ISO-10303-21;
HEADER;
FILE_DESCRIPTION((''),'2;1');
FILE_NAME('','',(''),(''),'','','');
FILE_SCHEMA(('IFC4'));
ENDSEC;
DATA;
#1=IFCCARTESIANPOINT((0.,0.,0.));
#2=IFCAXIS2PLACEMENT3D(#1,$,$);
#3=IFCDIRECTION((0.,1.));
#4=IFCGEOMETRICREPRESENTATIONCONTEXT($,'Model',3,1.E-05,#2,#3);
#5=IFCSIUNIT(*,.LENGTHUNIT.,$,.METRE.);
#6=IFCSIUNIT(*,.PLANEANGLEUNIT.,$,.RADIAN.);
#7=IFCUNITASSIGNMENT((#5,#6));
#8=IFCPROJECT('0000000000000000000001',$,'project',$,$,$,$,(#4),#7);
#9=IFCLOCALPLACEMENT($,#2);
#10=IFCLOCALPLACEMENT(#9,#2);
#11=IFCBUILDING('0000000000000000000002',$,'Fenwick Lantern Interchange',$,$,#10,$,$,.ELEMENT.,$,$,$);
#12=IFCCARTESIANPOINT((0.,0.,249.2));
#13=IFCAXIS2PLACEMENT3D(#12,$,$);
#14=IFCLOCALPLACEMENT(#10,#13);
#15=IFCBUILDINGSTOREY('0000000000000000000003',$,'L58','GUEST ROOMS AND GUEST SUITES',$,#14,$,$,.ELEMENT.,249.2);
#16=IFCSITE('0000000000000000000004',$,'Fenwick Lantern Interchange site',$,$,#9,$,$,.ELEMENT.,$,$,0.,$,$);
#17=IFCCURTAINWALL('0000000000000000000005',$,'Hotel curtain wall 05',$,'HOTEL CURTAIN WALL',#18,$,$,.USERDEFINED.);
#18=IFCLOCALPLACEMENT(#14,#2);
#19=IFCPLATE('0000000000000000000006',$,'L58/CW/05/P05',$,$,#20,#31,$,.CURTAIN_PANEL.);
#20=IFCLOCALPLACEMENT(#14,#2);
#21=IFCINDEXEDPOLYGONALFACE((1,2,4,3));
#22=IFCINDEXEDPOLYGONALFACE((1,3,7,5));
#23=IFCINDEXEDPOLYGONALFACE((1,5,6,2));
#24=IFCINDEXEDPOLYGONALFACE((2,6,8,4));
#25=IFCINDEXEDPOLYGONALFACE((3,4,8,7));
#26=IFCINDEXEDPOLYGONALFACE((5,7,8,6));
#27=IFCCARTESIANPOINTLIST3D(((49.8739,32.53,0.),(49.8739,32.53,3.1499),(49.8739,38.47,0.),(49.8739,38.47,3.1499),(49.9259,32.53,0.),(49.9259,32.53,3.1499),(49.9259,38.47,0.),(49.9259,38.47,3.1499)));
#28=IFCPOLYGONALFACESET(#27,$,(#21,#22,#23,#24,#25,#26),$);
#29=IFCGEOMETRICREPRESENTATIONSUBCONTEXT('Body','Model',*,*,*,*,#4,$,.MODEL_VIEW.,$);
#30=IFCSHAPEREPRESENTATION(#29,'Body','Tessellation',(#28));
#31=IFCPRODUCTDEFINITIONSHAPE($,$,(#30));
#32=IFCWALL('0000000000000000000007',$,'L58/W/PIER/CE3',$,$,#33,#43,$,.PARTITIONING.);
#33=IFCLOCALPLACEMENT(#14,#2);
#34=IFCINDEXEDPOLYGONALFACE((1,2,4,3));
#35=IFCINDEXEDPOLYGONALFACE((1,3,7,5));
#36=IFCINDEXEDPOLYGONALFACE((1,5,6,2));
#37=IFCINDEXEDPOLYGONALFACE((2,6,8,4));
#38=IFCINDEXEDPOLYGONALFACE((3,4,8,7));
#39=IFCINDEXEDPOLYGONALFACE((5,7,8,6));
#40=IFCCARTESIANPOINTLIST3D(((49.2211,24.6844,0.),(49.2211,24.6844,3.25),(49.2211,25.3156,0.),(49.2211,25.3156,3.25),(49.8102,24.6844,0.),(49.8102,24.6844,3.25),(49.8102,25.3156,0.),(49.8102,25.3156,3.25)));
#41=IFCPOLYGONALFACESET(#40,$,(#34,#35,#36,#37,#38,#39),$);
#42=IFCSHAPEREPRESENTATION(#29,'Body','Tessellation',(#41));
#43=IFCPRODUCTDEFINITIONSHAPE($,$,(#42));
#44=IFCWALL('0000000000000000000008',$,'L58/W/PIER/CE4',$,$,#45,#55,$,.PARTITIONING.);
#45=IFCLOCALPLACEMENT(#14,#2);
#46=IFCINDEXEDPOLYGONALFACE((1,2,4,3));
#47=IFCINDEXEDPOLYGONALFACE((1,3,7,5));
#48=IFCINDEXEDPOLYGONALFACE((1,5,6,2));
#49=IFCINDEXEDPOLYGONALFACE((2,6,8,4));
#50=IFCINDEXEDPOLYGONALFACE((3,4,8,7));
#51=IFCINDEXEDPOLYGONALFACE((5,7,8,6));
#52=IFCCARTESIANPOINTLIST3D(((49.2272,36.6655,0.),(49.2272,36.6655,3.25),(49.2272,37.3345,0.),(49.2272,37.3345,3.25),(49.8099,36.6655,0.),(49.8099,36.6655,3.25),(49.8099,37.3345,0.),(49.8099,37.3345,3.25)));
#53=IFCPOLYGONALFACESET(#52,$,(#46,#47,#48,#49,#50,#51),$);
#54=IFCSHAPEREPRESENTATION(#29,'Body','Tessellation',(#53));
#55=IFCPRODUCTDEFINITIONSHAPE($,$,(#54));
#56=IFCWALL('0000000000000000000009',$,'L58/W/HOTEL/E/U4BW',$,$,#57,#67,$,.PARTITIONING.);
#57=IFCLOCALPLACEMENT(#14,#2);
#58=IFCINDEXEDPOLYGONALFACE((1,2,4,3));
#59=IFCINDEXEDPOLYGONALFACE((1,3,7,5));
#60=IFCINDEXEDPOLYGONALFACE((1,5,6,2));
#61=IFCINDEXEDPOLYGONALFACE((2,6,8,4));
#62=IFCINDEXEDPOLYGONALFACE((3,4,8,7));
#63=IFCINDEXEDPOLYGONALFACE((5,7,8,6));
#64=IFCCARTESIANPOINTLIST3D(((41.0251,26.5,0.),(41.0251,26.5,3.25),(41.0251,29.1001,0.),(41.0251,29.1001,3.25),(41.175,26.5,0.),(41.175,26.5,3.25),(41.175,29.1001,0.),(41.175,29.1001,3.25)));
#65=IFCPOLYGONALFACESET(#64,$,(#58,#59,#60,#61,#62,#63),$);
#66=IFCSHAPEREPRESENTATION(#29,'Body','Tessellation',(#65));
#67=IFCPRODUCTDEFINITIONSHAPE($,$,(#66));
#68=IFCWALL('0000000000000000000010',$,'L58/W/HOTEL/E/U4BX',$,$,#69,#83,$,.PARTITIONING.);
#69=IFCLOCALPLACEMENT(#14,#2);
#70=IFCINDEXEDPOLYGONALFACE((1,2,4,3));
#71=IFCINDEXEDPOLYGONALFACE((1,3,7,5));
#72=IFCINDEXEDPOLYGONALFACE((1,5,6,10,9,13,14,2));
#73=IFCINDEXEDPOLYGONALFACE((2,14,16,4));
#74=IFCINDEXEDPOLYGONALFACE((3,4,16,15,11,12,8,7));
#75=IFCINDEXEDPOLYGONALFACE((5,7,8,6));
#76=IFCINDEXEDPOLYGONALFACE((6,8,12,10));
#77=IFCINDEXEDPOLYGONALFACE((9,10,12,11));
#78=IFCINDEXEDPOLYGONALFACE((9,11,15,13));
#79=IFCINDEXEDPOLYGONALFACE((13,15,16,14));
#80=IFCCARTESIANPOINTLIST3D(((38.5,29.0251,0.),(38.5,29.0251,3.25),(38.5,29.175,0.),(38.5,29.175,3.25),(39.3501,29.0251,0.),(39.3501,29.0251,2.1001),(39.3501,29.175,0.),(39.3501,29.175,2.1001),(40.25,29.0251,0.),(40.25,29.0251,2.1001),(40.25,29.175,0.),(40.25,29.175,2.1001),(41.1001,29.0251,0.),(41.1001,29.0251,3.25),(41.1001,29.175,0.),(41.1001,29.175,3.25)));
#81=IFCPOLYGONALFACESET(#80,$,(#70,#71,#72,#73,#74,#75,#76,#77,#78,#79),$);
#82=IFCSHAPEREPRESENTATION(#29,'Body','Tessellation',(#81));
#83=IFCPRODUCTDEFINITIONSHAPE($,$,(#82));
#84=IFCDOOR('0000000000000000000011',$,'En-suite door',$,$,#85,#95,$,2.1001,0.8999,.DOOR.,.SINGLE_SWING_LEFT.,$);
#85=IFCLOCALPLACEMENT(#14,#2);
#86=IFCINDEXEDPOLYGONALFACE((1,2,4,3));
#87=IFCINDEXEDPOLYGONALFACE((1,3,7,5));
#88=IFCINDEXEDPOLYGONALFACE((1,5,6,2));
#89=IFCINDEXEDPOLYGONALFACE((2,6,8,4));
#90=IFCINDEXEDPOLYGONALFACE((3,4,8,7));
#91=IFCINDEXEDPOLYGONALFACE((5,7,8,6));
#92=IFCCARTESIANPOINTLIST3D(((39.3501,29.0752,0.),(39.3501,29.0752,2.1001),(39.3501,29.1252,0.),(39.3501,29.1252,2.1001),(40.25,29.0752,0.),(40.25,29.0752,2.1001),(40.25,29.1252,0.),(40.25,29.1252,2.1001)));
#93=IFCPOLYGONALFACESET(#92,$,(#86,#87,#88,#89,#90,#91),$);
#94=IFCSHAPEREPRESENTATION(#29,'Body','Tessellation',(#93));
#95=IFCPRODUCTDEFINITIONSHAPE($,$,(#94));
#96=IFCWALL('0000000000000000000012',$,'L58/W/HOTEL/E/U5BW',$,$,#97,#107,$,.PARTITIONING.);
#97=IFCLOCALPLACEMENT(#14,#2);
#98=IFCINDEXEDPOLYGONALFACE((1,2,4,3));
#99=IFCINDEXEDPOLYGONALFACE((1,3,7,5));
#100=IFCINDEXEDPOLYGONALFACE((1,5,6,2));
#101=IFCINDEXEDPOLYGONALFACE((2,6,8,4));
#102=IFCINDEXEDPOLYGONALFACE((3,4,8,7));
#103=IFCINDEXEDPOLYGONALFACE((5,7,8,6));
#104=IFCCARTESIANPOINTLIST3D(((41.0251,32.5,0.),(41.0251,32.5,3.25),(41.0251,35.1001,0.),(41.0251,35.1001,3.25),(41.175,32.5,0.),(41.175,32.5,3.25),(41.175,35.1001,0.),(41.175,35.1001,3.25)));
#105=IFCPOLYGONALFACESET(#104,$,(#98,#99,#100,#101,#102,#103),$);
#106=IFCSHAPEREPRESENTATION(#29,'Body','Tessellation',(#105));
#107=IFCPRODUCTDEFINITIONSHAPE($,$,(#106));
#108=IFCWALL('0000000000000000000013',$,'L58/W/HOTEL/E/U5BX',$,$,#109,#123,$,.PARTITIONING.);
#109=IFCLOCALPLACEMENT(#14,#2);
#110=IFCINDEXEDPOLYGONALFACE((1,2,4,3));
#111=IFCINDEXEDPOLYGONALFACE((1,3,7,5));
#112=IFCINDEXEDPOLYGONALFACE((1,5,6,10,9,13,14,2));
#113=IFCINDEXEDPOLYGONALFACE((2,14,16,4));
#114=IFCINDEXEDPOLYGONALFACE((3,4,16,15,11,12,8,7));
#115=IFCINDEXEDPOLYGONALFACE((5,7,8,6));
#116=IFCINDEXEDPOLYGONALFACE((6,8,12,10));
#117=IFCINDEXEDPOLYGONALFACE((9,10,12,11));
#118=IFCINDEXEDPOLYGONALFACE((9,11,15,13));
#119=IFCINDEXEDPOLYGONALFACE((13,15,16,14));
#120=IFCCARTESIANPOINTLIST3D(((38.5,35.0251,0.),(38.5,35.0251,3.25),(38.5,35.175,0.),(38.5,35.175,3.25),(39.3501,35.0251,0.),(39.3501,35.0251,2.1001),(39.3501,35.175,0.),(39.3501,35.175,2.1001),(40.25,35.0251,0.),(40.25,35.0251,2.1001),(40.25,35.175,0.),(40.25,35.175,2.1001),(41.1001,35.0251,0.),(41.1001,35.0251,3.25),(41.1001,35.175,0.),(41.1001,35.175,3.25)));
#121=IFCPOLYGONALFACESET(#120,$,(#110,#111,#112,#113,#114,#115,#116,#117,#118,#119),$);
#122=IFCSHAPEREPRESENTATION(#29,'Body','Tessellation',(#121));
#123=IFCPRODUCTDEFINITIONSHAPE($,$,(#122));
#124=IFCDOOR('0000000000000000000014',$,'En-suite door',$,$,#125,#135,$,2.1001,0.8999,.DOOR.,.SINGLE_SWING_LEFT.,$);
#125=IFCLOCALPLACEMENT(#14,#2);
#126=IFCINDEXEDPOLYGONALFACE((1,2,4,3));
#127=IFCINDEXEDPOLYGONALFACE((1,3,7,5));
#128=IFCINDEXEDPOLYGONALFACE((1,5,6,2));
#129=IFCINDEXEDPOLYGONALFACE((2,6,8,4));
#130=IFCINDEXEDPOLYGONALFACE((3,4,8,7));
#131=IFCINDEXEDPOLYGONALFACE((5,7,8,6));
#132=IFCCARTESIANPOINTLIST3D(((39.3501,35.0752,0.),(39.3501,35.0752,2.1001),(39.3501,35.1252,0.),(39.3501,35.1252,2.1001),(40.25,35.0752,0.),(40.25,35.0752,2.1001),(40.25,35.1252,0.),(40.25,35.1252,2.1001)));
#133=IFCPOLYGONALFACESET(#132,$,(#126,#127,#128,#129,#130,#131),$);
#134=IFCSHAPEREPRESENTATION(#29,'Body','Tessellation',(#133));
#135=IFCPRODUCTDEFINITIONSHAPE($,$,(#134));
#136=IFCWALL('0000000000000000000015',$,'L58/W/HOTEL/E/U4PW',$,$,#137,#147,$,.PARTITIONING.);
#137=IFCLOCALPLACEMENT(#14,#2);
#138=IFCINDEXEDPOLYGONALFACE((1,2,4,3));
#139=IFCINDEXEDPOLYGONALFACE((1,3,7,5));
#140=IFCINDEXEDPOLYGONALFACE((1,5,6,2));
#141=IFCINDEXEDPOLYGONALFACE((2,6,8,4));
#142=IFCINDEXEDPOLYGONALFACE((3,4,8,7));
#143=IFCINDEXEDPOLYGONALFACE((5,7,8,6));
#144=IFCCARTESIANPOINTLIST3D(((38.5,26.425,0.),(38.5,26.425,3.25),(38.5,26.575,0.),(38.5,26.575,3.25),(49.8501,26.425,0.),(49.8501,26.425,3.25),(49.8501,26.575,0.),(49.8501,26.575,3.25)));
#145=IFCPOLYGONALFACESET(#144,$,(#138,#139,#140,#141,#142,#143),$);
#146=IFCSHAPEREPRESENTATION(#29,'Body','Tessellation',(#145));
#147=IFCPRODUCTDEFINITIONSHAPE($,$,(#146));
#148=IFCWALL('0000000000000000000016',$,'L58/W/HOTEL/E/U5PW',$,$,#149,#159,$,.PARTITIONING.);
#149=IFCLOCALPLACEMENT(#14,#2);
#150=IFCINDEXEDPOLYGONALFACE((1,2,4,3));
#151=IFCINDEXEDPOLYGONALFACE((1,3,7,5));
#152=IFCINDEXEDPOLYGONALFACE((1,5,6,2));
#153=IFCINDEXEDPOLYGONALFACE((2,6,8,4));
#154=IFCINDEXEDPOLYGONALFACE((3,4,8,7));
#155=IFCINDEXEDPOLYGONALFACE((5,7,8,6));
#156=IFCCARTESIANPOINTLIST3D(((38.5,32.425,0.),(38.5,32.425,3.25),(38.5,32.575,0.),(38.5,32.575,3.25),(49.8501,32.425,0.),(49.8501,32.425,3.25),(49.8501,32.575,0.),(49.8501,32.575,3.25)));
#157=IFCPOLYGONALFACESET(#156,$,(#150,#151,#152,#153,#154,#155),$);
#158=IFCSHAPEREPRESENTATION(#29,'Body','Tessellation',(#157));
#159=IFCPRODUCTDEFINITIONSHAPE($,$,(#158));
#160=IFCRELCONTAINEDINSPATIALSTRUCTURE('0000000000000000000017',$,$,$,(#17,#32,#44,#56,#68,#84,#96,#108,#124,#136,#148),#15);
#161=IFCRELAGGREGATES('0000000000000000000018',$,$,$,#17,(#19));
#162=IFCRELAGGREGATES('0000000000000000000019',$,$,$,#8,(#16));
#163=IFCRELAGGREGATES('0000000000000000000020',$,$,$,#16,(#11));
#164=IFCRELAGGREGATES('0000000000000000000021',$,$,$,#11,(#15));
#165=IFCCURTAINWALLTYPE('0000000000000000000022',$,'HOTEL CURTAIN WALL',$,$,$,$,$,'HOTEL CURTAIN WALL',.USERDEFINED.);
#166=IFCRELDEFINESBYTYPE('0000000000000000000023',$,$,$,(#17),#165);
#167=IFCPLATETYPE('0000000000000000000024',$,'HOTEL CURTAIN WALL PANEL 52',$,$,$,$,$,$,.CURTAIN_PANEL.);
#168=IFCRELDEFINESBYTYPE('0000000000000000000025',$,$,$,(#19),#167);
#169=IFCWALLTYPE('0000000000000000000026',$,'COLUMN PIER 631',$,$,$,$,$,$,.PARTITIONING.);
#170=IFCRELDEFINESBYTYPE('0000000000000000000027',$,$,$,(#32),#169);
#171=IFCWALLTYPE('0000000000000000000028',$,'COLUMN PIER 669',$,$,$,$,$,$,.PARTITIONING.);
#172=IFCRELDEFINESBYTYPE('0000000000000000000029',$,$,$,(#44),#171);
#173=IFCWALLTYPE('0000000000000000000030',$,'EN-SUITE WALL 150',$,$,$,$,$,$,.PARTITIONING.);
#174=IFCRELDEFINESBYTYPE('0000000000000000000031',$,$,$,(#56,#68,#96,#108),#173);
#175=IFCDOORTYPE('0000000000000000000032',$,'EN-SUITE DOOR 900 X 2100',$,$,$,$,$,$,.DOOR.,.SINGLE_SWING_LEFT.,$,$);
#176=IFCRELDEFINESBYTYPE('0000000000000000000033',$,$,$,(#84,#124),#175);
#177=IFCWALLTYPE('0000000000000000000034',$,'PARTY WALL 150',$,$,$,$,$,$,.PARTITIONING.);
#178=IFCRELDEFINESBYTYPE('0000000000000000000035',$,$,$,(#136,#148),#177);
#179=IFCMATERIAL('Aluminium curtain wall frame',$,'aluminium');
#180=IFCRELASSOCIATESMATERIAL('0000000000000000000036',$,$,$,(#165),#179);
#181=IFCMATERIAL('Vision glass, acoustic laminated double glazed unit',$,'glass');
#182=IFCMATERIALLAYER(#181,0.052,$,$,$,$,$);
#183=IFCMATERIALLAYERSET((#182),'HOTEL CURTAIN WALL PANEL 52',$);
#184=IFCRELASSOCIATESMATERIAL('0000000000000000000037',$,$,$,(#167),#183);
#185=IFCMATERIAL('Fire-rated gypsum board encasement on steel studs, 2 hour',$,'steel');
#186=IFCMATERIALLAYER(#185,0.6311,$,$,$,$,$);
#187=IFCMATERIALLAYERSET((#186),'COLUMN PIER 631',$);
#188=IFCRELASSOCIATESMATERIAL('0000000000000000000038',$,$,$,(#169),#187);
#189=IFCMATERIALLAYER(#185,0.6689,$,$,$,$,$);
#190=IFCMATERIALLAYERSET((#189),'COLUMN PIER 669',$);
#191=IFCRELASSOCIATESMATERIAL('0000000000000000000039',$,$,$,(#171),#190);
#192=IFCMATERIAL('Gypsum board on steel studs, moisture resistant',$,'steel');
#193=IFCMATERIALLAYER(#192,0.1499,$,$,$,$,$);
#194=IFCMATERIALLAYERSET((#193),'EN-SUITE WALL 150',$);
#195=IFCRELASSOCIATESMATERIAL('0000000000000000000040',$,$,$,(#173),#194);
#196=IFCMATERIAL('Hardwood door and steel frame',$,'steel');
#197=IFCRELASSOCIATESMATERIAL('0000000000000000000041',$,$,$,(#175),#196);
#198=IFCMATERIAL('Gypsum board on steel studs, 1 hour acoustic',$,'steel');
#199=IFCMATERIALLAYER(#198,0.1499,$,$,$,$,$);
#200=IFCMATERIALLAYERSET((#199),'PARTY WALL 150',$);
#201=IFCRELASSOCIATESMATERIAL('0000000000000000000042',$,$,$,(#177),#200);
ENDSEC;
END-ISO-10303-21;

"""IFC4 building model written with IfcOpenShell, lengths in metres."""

from ifc_helpers import new_model, si_unit, direction, frame, frame_2d, origin, origin_2d, place, context, subcontext, project, spatial, rectangle, extrude, material, layer, layer_set, type_object, element, fill, aggregate, save


model = new_model("IFC4")

# Units and contexts
model_context = context("Model", 3, precision=1e-05, world=origin(), true_north=direction((0.0, 1.0)))
body_context = subcontext(model_context, "Body", "Model", "MODEL_VIEW")
ifc_project = project(units=[si_unit("LENGTHUNIT", "METRE"), si_unit("PLANEANGLEUNIT", "RADIAN")], contexts=[model_context])

# Site, building, storey
site_placement = place(None, origin())
site = spatial("IfcSite", under=ifc_project, at=site_placement, Name="Fenwick Lantern Interchange site", CompositionType="ELEMENT", RefElevation=0.0)
building_placement = place(site_placement, origin())
building = spatial("IfcBuilding", under=site, at=building_placement, Name="Fenwick Lantern Interchange", CompositionType="ELEMENT")
storey_placement = place(building_placement, frame((0.0, 0.0, 249.2)))
storey = spatial("IfcBuildingStorey", under=building, at=storey_placement, Name="L58", Description="GUEST ROOMS AND GUEST SUITES", CompositionType="ELEMENT", Elevation=249.2)

# Curtain wall
ifc_material_1 = material(Name="Aluminium curtain wall frame", Category="aluminium")
curtain_wall_type = type_object("IfcCurtainWallType", Name="HOTEL CURTAIN WALL", ElementType="HOTEL CURTAIN WALL", PredefinedType="USERDEFINED", material=ifc_material_1)
curtain_wall_placement = place(storey_placement, origin())
curtain_wall = element("IfcCurtainWall", 1, at=curtain_wall_placement, inside=storey, type_object=curtain_wall_type, Name="Hotel curtain wall 05", ObjectType="HOTEL CURTAIN WALL", PredefinedType="USERDEFINED")

# Plate
ifc_material_2 = material(Name="Vision glass, acoustic laminated double glazed unit", Category="glass")
ifc_layer_1 = layer(ifc_material_2, 0.052)
ifc_layer_set_1 = layer_set([ifc_layer_1], Name="HOTEL CURTAIN WALL PANEL 52")
plate_type = type_object("IfcPlateType", Name="HOTEL CURTAIN WALL PANEL 52", PredefinedType="CURTAIN_PANEL", material=ifc_layer_set_1)
plate_placement = place(storey_placement, frame((49.8999, 35.5, 0.0), z_axis=(0.0, 0.0, 1.0), x_axis=(0.0, 1.0, 0.0)))
plate = element("IfcPlate", 2, at=plate_placement, type_object=plate_type, Name="L58/CW/05/P05", PredefinedType="CURTAIN_PANEL", context=body_context, shape_type="SweptSolid", body=[
    extrude(rectangle(XDim=5.9399, YDim=0.052, at=origin_2d()), origin(), (0.0, 0.0, 1.0), 3.1499),
])
aggregate(curtain_wall, [plate])

# Walls
ifc_material_3 = material(Name="Fire-rated gypsum board encasement on steel studs, 2 hour", Category="steel")
ifc_layer_2 = layer(ifc_material_3, 0.6311)
ifc_layer_set_2 = layer_set([ifc_layer_2], Name="COLUMN PIER 631")
wall_type_1 = type_object("IfcWallType", Name="COLUMN PIER 631", PredefinedType="PARTITIONING", material=ifc_layer_set_2)
wall_1_placement = place(storey_placement, frame((49.8101, 25.0, 0.0), z_axis=(0.0, 0.0, 1.0), x_axis=(-1.0, 0.0, 0.0)))
element("IfcWall", 3, at=wall_1_placement, inside=storey, type_object=wall_type_1, Name="L58/W/PIER/CE3", PredefinedType="PARTITIONING", context=body_context, shape_type="SweptSolid", body=[
    extrude(rectangle(XDim=0.5891, YDim=0.6311, at=frame_2d((0.2944, 0.0))), origin(), (0.0, 0.0, 1.0), 3.25),
])
ifc_layer_3 = layer(ifc_material_3, 0.6689)
ifc_layer_set_3 = layer_set([ifc_layer_3], Name="COLUMN PIER 669")
wall_type_2 = type_object("IfcWallType", Name="COLUMN PIER 669", PredefinedType="PARTITIONING", material=ifc_layer_set_3)
wall_2_placement = place(storey_placement, frame((49.8101, 37.0, 0.0), z_axis=(0.0, 0.0, 1.0), x_axis=(-1.0, 0.0, 0.0)))
element("IfcWall", 4, at=wall_2_placement, inside=storey, type_object=wall_type_2, Name="L58/W/PIER/CE4", PredefinedType="PARTITIONING", context=body_context, shape_type="SweptSolid", body=[
    extrude(rectangle(XDim=0.5828, YDim=0.6689, at=frame_2d((0.2915, 0.0))), origin(), (0.0, 0.0, 1.0), 3.25),
])
ifc_material_4 = material(Name="Gypsum board on steel studs, moisture resistant", Category="steel")
ifc_layer_4 = layer(ifc_material_4, 0.1499)
ifc_layer_set_4 = layer_set([ifc_layer_4], Name="EN-SUITE WALL 150")
wall_type_3 = type_object("IfcWallType", Name="EN-SUITE WALL 150", PredefinedType="PARTITIONING", material=ifc_layer_set_4)
wall_3_placement = place(storey_placement, frame((41.1001, 26.5, 0.0), z_axis=(0.0, 0.0, 1.0), x_axis=(0.0, 1.0, 0.0)))
element("IfcWall", 5, at=wall_3_placement, inside=storey, type_object=wall_type_3, Name="L58/W/HOTEL/E/U4BW", PredefinedType="PARTITIONING", context=body_context, shape_type="SweptSolid", body=[
    extrude(rectangle(XDim=2.6001, YDim=0.1499, at=frame_2d((1.3, 0.0))), origin(), (0.0, 0.0, 1.0), 3.25),
])

# Wall, opening, door
wall_4_placement = place(storey_placement, frame((41.1001, 29.1001, 0.0), z_axis=(0.0, 0.0, 1.0), x_axis=(-1.0, 0.0, 0.0)))
wall_4 = element("IfcWall", 6, at=wall_4_placement, inside=storey, type_object=wall_type_3, Name="L58/W/HOTEL/E/U4BX", PredefinedType="PARTITIONING", context=body_context, shape_type="SweptSolid", body=[
    extrude(rectangle(XDim=2.6001, YDim=0.1499, at=frame_2d((1.3, 0.0))), origin(), (0.0, 0.0, 1.0), 3.25),
])
opening_1_placement = place(wall_4_placement, frame((0.8501, 0.0, 0.0)))
opening_1 = element("IfcOpeningElement", 7, at=opening_1_placement, cuts=wall_4, PredefinedType="OPENING", context=body_context, shape_type="SweptSolid", body=[
    extrude(rectangle(XDim=0.8999, YDim=2.1001, at=frame_2d((0.45, 1.05))), frame((0.0, 0.085, 0.0), z_axis=(0.0, -1.0, 0.0), x_axis=(1.0, 0.0, 0.0)), (0.0, 0.0, 1.0), 0.1699),
])
ifc_material_5 = material(Name="Hardwood door and steel frame", Category="steel")
door_type = type_object("IfcDoorType", Name="EN-SUITE DOOR 900 X 2100", OperationType="SINGLE_SWING_LEFT", PredefinedType="DOOR", material=ifc_material_5)
door_1_placement = place(opening_1_placement, origin())
door_1 = element("IfcDoor", 8, at=door_1_placement, inside=storey, type_object=door_type, Name="En-suite door", OperationType="SINGLE_SWING_LEFT", OverallHeight=2.1001, OverallWidth=0.8999, PredefinedType="DOOR", context=body_context, shape_type="SweptSolid", body=[
    extrude(rectangle(XDim=0.8999, YDim=2.1001, at=frame_2d((0.45, 1.05))), frame((0.0, 0.0249, 0.0), z_axis=(0.0, -1.0, 0.0), x_axis=(1.0, 0.0, 0.0)), (0.0, 0.0, 1.0), 0.05),
])
fill(opening_1, door_1)

# Wall
wall_5_placement = place(storey_placement, frame((41.1001, 32.5, 0.0), z_axis=(0.0, 0.0, 1.0), x_axis=(0.0, 1.0, 0.0)))
element("IfcWall", 9, at=wall_5_placement, inside=storey, type_object=wall_type_3, Name="L58/W/HOTEL/E/U5BW", PredefinedType="PARTITIONING", context=body_context, shape_type="SweptSolid", body=[
    extrude(rectangle(XDim=2.6001, YDim=0.1499, at=frame_2d((1.3, 0.0))), origin(), (0.0, 0.0, 1.0), 3.25),
])

# Wall, opening, door
wall_6_placement = place(storey_placement, frame((41.1001, 35.1001, 0.0), z_axis=(0.0, 0.0, 1.0), x_axis=(-1.0, 0.0, 0.0)))
wall_6 = element("IfcWall", 10, at=wall_6_placement, inside=storey, type_object=wall_type_3, Name="L58/W/HOTEL/E/U5BX", PredefinedType="PARTITIONING", context=body_context, shape_type="SweptSolid", body=[
    extrude(rectangle(XDim=2.6001, YDim=0.1499, at=frame_2d((1.3, 0.0))), origin(), (0.0, 0.0, 1.0), 3.25),
])
opening_2_placement = place(wall_6_placement, frame((0.8501, 0.0, 0.0)))
opening_2 = element("IfcOpeningElement", 11, at=opening_2_placement, cuts=wall_6, PredefinedType="OPENING", context=body_context, shape_type="SweptSolid", body=[
    extrude(rectangle(XDim=0.8999, YDim=2.1001, at=frame_2d((0.45, 1.05))), frame((0.0, 0.085, 0.0), z_axis=(0.0, -1.0, 0.0), x_axis=(1.0, 0.0, 0.0)), (0.0, 0.0, 1.0), 0.1699),
])
door_2_placement = place(opening_2_placement, origin())
door_2 = element("IfcDoor", 12, at=door_2_placement, inside=storey, type_object=door_type, Name="En-suite door", OperationType="SINGLE_SWING_LEFT", OverallHeight=2.1001, OverallWidth=0.8999, PredefinedType="DOOR", context=body_context, shape_type="SweptSolid", body=[
    extrude(rectangle(XDim=0.8999, YDim=2.1001, at=frame_2d((0.45, 1.05))), frame((0.0, 0.0249, 0.0), z_axis=(0.0, -1.0, 0.0), x_axis=(1.0, 0.0, 0.0)), (0.0, 0.0, 1.0), 0.05),
])
fill(opening_2, door_2)

# Walls
ifc_material_6 = material(Name="Gypsum board on steel studs, 1 hour acoustic", Category="steel")
ifc_layer_5 = layer(ifc_material_6, 0.1499)
ifc_layer_set_5 = layer_set([ifc_layer_5], Name="PARTY WALL 150")
wall_type_4 = type_object("IfcWallType", Name="PARTY WALL 150", PredefinedType="PARTITIONING", material=ifc_layer_set_5)
for number, where, z_axis, x_axis, name in (
    (13, (49.8501, 26.5, 0.0), (0.0, 0.0, 1.0), (-1.0, 0.0, 0.0), "L58/W/HOTEL/E/U4PW"),
    (14, (49.8501, 32.5, 0.0), (0.0, 0.0, 1.0), (-1.0, 0.0, 0.0), "L58/W/HOTEL/E/U5PW"),
):
    element("IfcWall", number, at=place(storey_placement, frame(where, z_axis=z_axis, x_axis=x_axis)), inside=storey, type_object=wall_type_4, Name=name, PredefinedType="PARTITIONING", context=body_context, shape_type="SweptSolid", body=[
        extrude(rectangle(XDim=11.3501, YDim=0.1499, at=frame_2d((5.675, 0.0))), origin(), (0.0, 0.0, 1.0), 3.25),
    ])

save(model, "model.ifc")
